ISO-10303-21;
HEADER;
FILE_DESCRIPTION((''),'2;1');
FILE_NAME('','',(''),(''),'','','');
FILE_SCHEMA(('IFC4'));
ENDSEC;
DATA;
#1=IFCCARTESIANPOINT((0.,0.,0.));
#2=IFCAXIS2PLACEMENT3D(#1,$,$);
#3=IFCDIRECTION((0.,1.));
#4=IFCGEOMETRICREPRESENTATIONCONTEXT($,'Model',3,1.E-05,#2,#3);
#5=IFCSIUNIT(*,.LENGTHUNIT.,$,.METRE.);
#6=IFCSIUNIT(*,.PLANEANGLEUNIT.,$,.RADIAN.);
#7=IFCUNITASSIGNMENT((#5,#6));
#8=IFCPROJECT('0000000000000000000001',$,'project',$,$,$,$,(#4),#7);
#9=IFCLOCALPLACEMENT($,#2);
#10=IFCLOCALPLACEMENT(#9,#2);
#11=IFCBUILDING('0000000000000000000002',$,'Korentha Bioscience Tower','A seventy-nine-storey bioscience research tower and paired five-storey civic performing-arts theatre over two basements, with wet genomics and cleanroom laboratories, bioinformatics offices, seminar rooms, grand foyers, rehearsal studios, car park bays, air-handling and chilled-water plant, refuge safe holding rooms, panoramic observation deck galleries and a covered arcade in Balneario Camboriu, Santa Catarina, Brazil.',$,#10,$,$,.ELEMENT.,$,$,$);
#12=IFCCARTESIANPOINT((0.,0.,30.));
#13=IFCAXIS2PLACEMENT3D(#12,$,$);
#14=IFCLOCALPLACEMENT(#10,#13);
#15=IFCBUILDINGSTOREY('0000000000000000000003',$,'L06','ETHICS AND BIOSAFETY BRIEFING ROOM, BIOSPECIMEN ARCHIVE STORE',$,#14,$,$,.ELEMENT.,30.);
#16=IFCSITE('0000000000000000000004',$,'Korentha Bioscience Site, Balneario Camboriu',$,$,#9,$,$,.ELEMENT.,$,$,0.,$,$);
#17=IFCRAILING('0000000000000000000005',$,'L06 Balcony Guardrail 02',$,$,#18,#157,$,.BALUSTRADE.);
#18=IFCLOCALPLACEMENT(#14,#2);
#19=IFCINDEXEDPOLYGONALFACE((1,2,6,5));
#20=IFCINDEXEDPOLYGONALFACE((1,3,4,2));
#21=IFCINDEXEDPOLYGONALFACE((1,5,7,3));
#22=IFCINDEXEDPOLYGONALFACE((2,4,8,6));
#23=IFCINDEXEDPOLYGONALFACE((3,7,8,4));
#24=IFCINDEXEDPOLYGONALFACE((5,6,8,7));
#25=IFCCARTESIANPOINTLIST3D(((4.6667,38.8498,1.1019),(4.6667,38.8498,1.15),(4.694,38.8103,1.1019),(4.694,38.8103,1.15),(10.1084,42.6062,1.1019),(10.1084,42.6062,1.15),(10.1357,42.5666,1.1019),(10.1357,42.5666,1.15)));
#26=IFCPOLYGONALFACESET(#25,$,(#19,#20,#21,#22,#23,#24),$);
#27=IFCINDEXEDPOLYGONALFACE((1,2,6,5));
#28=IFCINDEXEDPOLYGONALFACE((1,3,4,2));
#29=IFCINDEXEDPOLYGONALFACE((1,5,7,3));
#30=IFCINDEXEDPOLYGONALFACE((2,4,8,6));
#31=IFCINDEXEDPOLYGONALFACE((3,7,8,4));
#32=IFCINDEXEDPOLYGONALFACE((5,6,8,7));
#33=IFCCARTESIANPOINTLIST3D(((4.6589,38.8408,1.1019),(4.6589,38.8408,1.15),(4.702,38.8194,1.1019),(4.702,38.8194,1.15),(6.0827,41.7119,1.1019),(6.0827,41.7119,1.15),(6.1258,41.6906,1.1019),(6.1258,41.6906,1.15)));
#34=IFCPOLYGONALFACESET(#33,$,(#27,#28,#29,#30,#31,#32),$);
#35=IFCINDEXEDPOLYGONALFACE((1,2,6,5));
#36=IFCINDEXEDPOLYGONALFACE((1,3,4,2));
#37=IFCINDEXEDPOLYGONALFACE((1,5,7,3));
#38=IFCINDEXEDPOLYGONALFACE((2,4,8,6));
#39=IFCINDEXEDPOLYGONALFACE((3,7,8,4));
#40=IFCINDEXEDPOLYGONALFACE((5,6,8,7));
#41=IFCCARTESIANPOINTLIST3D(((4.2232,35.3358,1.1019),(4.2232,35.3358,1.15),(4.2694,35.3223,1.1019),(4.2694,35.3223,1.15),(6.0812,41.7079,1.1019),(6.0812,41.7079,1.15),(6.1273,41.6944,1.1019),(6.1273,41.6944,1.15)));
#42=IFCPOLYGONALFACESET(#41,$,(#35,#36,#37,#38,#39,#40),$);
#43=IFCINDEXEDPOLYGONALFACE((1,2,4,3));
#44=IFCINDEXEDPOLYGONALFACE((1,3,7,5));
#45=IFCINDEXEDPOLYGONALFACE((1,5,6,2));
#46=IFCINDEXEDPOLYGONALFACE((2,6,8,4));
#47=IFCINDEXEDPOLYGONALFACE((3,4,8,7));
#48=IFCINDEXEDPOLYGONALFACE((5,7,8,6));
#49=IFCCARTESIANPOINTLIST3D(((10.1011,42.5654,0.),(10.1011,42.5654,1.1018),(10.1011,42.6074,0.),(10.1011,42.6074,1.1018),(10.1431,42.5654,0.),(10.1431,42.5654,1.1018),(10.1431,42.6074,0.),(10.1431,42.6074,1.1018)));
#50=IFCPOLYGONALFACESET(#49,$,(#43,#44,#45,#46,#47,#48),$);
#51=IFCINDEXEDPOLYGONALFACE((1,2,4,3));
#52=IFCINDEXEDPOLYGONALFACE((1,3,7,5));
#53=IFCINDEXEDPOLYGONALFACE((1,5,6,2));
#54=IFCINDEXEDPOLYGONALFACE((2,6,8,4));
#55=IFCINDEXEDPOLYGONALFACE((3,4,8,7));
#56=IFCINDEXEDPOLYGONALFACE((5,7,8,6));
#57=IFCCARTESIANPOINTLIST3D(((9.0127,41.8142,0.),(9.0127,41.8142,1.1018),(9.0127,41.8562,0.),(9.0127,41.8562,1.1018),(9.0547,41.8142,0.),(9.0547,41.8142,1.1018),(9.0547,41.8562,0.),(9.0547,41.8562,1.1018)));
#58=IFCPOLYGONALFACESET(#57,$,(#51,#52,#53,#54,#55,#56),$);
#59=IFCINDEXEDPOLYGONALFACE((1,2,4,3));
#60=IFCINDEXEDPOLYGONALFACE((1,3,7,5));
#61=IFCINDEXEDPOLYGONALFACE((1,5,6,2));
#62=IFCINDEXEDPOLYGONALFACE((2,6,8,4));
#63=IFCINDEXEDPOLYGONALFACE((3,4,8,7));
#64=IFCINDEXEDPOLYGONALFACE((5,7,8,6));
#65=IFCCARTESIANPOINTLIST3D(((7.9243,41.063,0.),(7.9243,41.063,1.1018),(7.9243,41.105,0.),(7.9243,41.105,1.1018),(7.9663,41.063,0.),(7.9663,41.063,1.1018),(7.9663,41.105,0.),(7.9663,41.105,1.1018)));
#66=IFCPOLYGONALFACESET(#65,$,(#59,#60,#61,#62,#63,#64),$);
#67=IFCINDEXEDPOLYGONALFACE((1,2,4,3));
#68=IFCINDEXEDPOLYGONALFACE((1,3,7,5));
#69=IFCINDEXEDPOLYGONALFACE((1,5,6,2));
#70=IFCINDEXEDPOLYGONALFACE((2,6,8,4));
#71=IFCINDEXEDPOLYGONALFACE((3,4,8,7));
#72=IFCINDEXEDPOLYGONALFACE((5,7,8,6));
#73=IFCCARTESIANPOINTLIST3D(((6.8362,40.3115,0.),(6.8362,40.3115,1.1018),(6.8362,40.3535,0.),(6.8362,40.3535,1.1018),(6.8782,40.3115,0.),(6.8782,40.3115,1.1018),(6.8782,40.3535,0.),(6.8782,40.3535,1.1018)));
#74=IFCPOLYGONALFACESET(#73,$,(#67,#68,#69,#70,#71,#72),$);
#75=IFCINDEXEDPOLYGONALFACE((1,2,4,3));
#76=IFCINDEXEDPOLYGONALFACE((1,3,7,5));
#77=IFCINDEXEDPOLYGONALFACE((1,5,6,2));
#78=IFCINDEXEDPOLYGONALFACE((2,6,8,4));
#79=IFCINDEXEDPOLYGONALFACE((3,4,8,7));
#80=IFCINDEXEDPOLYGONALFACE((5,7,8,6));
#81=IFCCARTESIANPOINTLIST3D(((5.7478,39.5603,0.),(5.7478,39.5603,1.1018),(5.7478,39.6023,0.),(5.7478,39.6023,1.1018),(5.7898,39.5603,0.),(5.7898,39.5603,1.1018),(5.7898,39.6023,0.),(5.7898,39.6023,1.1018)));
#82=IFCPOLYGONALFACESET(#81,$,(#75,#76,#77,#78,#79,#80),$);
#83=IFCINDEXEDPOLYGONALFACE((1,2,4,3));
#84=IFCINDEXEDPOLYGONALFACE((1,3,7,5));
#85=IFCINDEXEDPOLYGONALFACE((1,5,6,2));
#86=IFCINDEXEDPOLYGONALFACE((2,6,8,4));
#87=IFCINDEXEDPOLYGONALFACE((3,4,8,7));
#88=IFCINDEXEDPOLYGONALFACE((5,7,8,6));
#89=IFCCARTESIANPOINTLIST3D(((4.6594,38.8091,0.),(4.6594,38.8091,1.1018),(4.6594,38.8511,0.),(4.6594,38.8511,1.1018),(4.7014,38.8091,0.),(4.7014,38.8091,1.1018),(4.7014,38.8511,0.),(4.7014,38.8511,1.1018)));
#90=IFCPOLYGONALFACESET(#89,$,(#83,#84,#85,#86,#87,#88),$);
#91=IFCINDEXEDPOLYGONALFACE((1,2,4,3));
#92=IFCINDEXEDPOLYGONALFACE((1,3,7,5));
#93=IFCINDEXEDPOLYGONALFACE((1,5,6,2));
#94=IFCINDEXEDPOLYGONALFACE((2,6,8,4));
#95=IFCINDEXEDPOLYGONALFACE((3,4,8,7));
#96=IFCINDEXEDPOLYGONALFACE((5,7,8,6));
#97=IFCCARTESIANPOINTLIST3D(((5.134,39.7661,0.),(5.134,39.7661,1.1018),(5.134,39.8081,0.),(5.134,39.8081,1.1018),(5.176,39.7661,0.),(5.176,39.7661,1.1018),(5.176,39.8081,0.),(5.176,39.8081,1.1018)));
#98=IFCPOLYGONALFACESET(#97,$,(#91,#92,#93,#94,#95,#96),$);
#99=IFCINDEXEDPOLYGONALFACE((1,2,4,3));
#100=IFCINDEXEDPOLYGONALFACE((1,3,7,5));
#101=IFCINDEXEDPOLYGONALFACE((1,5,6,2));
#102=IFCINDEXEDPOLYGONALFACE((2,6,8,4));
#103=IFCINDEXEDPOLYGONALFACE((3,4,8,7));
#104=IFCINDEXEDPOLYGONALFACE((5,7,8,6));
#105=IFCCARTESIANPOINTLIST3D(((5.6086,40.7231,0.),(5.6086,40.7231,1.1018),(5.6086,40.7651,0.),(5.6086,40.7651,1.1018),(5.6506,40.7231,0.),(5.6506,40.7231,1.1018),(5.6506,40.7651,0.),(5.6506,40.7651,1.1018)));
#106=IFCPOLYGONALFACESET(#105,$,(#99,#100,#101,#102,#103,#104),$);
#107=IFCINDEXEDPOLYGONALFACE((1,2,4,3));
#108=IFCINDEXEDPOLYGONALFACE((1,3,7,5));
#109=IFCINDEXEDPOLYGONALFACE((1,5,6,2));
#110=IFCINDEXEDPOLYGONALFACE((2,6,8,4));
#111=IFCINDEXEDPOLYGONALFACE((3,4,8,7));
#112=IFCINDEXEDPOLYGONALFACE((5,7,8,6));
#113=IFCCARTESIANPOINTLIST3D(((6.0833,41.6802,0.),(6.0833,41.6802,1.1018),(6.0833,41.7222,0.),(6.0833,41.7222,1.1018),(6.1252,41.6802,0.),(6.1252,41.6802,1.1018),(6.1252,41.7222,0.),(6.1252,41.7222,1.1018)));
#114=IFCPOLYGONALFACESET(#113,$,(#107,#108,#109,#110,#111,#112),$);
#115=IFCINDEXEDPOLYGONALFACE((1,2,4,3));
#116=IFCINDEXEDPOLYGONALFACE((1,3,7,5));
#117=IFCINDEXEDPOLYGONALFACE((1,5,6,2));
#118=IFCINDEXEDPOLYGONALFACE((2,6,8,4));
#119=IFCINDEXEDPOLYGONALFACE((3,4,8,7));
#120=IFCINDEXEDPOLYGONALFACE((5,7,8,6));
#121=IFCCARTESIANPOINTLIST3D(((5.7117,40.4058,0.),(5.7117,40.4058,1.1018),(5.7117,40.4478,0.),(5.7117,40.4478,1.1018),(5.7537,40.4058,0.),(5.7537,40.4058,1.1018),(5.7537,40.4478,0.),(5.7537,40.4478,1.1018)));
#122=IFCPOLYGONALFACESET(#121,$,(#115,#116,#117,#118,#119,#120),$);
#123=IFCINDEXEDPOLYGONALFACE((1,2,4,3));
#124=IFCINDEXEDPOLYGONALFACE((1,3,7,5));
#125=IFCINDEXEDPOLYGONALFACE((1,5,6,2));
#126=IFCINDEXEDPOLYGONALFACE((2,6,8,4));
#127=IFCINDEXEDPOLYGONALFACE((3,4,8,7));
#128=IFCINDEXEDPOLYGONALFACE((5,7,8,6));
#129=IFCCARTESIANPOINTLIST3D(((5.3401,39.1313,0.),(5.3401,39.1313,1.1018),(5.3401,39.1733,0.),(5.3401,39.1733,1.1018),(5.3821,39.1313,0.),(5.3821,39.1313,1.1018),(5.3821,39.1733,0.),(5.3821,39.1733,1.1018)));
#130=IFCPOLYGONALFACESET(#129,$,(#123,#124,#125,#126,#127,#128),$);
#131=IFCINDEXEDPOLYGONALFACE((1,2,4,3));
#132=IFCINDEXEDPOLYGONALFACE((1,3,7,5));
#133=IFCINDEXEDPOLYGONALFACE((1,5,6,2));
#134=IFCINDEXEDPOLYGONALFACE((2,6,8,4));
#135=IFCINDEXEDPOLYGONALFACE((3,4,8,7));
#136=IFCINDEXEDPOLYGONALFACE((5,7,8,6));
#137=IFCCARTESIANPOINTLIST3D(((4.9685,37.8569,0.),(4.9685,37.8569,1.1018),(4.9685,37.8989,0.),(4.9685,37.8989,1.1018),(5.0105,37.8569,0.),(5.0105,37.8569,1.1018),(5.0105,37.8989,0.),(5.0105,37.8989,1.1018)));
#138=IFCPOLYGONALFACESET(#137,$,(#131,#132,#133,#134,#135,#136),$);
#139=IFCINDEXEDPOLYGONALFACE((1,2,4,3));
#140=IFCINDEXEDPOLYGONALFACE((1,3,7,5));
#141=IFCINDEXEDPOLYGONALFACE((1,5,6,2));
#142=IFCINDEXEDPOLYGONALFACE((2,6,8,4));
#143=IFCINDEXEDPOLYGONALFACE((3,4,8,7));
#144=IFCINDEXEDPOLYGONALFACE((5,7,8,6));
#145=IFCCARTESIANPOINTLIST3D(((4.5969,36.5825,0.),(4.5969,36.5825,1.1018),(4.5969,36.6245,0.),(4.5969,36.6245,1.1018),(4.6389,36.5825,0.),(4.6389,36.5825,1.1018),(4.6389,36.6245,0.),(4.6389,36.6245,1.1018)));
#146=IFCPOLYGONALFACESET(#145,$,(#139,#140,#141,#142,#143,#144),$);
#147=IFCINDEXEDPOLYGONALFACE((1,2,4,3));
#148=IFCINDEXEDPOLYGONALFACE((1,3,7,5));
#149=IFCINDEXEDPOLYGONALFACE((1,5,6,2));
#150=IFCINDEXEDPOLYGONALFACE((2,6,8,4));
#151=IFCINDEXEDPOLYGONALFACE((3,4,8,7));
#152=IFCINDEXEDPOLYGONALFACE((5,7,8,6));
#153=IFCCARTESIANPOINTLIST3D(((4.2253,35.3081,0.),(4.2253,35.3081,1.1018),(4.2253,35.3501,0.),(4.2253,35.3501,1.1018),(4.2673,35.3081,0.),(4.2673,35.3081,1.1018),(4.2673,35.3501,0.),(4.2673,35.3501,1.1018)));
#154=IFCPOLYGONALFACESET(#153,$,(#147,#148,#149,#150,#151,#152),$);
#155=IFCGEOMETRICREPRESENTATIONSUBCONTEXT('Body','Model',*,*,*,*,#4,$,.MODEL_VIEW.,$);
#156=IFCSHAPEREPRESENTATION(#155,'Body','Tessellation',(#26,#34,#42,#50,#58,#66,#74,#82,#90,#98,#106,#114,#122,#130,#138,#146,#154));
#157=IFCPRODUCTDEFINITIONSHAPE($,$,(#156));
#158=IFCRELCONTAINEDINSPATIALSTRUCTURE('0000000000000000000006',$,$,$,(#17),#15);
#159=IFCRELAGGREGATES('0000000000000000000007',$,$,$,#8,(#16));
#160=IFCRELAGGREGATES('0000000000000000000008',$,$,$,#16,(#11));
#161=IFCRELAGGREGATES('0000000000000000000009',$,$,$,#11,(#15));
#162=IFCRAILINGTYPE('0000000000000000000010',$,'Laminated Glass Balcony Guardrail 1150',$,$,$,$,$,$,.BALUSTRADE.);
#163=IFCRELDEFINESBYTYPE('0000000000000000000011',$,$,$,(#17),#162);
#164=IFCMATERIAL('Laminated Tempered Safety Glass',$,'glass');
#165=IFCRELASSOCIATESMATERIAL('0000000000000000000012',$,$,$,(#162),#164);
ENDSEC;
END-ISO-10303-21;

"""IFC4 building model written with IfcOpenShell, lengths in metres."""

from ifc_helpers import new_model, si_unit, direction, frame, origin, origin_2d, place, context, subcontext, project, spatial, rectangle, extrude, material, type_object, element, save


model = new_model("IFC4")

# Units and contexts
model_context = context("Model", 3, precision=1e-05, world=origin(), true_north=direction((0.0, 1.0)))
body_context = subcontext(model_context, "Body", "Model", "MODEL_VIEW")
ifc_project = project(units=[si_unit("LENGTHUNIT", "METRE"), si_unit("PLANEANGLEUNIT", "RADIAN")], contexts=[model_context])

# Site, building, storey
site_placement = place(None, origin())
site = spatial("IfcSite", under=ifc_project, at=site_placement, Name="Korentha Bioscience Site, Balneario Camboriu", CompositionType="ELEMENT", RefElevation=0.0)
building_placement = place(site_placement, origin())
building = spatial("IfcBuilding", under=site, at=building_placement, Name="Korentha Bioscience Tower", Description="A seventy-nine-storey bioscience research tower and paired five-storey civic performing-arts theatre over two basements, with wet genomics and cleanroom laboratories, bioinformatics offices, seminar rooms, grand foyers, rehearsal studios, car park bays, air-handling and chilled-water plant, refuge safe holding rooms, panoramic observation deck galleries and a covered arcade in Balneario Camboriu, Santa Catarina, Brazil.", CompositionType="ELEMENT")
storey_placement = place(building_placement, frame((0.0, 0.0, 30.0)))
storey = spatial("IfcBuildingStorey", under=building, at=storey_placement, Name="L06", Description="ETHICS AND BIOSAFETY BRIEFING ROOM, BIOSPECIMEN ARCHIVE STORE", CompositionType="ELEMENT", Elevation=30.0)

# Railing
ifc_material_1 = material(Name="Laminated Tempered Safety Glass", Category="glass")
railing_type = type_object("IfcRailingType", Name="Laminated Glass Balcony Guardrail 1150", PredefinedType="BALUSTRADE", material=ifc_material_1)
railing_placement = place(storey_placement, frame((10.1221, 42.5864, 0.0)))
element("IfcRailing", 1, at=railing_placement, inside=storey, type_object=railing_type, Name="L06 Balcony Guardrail 02", PredefinedType="BALUSTRADE", context=body_context, shape_type="SweptSolid", body=[
    extrude(rectangle(XDim=0.0481, YDim=0.0481, at=origin_2d()), frame((0.0, 0.0, 1.126), z_axis=(-0.822966, -0.56809, 0.0), x_axis=(0.56809, -0.822966, 0.0)), (0.0, 0.0, 1.0), 6.6123),
    extrude(rectangle(XDim=0.0481, YDim=0.0481, at=origin_2d()), frame((-5.4417, -3.7563, 1.126), z_axis=(0.444286, 0.895885, 0.0), x_axis=(-0.895885, 0.444286, 0.0)), (0.0, 0.0, 1.0), 3.2048),
    extrude(rectangle(XDim=0.0481, YDim=0.0481, at=origin_2d()), frame((-4.0178, -0.8853, 1.126), z_axis=(-0.279915, -0.960025, 0.0), x_axis=(0.960025, -0.279915, 0.0)), (0.0, 0.0, 1.0), 6.6375),
    extrude(rectangle(XDim=0.042, YDim=0.042, at=origin_2d()), origin(), (0.0, 0.0, 1.0), 1.1018),
    extrude(rectangle(XDim=0.042, YDim=0.042, at=origin_2d()), frame((-1.0884, -0.7512, 0.0)), (0.0, 0.0, 1.0), 1.1018),
    extrude(rectangle(XDim=0.042, YDim=0.042, at=origin_2d()), frame((-2.1768, -1.5024, 0.0)), (0.0, 0.0, 1.0), 1.1018),
    extrude(rectangle(XDim=0.042, YDim=0.042, at=origin_2d()), frame((-3.2649, -2.2539, 0.0)), (0.0, 0.0, 1.0), 1.1018),
    extrude(rectangle(XDim=0.042, YDim=0.042, at=origin_2d()), frame((-4.3533, -3.0051, 0.0)), (0.0, 0.0, 1.0), 1.1018),
    extrude(rectangle(XDim=0.042, YDim=0.042, at=origin_2d()), frame((-5.4417, -3.7563, 0.0)), (0.0, 0.0, 1.0), 1.1018),
    extrude(rectangle(XDim=0.042, YDim=0.042, at=origin_2d()), frame((-4.967, -2.7993, 0.0)), (0.0, 0.0, 1.0), 1.1018),
    extrude(rectangle(XDim=0.042, YDim=0.042, at=origin_2d()), frame((-4.4924, -1.8423, 0.0)), (0.0, 0.0, 1.0), 1.1018),
    extrude(rectangle(XDim=0.042, YDim=0.042, at=origin_2d()), frame((-4.0178, -0.8853, 0.0)), (0.0, 0.0, 1.0), 1.1018),
    extrude(rectangle(XDim=0.042, YDim=0.042, at=origin_2d()), frame((-4.3894, -2.1597, 0.0)), (0.0, 0.0, 1.0), 1.1018),
    extrude(rectangle(XDim=0.042, YDim=0.042, at=origin_2d()), frame((-4.761, -3.4341, 0.0)), (0.0, 0.0, 1.0), 1.1018),
    extrude(rectangle(XDim=0.042, YDim=0.042, at=origin_2d()), frame((-5.1326, -4.7085, 0.0)), (0.0, 0.0, 1.0), 1.1018),
    extrude(rectangle(XDim=0.042, YDim=0.042, at=origin_2d()), frame((-5.5042, -5.9829, 0.0)), (0.0, 0.0, 1.0), 1.1018),
    extrude(rectangle(XDim=0.042, YDim=0.042, at=origin_2d()), frame((-5.8757, -7.2573, 0.0)), (0.0, 0.0, 1.0), 1.1018),
])

save(model, "model.ifc")
